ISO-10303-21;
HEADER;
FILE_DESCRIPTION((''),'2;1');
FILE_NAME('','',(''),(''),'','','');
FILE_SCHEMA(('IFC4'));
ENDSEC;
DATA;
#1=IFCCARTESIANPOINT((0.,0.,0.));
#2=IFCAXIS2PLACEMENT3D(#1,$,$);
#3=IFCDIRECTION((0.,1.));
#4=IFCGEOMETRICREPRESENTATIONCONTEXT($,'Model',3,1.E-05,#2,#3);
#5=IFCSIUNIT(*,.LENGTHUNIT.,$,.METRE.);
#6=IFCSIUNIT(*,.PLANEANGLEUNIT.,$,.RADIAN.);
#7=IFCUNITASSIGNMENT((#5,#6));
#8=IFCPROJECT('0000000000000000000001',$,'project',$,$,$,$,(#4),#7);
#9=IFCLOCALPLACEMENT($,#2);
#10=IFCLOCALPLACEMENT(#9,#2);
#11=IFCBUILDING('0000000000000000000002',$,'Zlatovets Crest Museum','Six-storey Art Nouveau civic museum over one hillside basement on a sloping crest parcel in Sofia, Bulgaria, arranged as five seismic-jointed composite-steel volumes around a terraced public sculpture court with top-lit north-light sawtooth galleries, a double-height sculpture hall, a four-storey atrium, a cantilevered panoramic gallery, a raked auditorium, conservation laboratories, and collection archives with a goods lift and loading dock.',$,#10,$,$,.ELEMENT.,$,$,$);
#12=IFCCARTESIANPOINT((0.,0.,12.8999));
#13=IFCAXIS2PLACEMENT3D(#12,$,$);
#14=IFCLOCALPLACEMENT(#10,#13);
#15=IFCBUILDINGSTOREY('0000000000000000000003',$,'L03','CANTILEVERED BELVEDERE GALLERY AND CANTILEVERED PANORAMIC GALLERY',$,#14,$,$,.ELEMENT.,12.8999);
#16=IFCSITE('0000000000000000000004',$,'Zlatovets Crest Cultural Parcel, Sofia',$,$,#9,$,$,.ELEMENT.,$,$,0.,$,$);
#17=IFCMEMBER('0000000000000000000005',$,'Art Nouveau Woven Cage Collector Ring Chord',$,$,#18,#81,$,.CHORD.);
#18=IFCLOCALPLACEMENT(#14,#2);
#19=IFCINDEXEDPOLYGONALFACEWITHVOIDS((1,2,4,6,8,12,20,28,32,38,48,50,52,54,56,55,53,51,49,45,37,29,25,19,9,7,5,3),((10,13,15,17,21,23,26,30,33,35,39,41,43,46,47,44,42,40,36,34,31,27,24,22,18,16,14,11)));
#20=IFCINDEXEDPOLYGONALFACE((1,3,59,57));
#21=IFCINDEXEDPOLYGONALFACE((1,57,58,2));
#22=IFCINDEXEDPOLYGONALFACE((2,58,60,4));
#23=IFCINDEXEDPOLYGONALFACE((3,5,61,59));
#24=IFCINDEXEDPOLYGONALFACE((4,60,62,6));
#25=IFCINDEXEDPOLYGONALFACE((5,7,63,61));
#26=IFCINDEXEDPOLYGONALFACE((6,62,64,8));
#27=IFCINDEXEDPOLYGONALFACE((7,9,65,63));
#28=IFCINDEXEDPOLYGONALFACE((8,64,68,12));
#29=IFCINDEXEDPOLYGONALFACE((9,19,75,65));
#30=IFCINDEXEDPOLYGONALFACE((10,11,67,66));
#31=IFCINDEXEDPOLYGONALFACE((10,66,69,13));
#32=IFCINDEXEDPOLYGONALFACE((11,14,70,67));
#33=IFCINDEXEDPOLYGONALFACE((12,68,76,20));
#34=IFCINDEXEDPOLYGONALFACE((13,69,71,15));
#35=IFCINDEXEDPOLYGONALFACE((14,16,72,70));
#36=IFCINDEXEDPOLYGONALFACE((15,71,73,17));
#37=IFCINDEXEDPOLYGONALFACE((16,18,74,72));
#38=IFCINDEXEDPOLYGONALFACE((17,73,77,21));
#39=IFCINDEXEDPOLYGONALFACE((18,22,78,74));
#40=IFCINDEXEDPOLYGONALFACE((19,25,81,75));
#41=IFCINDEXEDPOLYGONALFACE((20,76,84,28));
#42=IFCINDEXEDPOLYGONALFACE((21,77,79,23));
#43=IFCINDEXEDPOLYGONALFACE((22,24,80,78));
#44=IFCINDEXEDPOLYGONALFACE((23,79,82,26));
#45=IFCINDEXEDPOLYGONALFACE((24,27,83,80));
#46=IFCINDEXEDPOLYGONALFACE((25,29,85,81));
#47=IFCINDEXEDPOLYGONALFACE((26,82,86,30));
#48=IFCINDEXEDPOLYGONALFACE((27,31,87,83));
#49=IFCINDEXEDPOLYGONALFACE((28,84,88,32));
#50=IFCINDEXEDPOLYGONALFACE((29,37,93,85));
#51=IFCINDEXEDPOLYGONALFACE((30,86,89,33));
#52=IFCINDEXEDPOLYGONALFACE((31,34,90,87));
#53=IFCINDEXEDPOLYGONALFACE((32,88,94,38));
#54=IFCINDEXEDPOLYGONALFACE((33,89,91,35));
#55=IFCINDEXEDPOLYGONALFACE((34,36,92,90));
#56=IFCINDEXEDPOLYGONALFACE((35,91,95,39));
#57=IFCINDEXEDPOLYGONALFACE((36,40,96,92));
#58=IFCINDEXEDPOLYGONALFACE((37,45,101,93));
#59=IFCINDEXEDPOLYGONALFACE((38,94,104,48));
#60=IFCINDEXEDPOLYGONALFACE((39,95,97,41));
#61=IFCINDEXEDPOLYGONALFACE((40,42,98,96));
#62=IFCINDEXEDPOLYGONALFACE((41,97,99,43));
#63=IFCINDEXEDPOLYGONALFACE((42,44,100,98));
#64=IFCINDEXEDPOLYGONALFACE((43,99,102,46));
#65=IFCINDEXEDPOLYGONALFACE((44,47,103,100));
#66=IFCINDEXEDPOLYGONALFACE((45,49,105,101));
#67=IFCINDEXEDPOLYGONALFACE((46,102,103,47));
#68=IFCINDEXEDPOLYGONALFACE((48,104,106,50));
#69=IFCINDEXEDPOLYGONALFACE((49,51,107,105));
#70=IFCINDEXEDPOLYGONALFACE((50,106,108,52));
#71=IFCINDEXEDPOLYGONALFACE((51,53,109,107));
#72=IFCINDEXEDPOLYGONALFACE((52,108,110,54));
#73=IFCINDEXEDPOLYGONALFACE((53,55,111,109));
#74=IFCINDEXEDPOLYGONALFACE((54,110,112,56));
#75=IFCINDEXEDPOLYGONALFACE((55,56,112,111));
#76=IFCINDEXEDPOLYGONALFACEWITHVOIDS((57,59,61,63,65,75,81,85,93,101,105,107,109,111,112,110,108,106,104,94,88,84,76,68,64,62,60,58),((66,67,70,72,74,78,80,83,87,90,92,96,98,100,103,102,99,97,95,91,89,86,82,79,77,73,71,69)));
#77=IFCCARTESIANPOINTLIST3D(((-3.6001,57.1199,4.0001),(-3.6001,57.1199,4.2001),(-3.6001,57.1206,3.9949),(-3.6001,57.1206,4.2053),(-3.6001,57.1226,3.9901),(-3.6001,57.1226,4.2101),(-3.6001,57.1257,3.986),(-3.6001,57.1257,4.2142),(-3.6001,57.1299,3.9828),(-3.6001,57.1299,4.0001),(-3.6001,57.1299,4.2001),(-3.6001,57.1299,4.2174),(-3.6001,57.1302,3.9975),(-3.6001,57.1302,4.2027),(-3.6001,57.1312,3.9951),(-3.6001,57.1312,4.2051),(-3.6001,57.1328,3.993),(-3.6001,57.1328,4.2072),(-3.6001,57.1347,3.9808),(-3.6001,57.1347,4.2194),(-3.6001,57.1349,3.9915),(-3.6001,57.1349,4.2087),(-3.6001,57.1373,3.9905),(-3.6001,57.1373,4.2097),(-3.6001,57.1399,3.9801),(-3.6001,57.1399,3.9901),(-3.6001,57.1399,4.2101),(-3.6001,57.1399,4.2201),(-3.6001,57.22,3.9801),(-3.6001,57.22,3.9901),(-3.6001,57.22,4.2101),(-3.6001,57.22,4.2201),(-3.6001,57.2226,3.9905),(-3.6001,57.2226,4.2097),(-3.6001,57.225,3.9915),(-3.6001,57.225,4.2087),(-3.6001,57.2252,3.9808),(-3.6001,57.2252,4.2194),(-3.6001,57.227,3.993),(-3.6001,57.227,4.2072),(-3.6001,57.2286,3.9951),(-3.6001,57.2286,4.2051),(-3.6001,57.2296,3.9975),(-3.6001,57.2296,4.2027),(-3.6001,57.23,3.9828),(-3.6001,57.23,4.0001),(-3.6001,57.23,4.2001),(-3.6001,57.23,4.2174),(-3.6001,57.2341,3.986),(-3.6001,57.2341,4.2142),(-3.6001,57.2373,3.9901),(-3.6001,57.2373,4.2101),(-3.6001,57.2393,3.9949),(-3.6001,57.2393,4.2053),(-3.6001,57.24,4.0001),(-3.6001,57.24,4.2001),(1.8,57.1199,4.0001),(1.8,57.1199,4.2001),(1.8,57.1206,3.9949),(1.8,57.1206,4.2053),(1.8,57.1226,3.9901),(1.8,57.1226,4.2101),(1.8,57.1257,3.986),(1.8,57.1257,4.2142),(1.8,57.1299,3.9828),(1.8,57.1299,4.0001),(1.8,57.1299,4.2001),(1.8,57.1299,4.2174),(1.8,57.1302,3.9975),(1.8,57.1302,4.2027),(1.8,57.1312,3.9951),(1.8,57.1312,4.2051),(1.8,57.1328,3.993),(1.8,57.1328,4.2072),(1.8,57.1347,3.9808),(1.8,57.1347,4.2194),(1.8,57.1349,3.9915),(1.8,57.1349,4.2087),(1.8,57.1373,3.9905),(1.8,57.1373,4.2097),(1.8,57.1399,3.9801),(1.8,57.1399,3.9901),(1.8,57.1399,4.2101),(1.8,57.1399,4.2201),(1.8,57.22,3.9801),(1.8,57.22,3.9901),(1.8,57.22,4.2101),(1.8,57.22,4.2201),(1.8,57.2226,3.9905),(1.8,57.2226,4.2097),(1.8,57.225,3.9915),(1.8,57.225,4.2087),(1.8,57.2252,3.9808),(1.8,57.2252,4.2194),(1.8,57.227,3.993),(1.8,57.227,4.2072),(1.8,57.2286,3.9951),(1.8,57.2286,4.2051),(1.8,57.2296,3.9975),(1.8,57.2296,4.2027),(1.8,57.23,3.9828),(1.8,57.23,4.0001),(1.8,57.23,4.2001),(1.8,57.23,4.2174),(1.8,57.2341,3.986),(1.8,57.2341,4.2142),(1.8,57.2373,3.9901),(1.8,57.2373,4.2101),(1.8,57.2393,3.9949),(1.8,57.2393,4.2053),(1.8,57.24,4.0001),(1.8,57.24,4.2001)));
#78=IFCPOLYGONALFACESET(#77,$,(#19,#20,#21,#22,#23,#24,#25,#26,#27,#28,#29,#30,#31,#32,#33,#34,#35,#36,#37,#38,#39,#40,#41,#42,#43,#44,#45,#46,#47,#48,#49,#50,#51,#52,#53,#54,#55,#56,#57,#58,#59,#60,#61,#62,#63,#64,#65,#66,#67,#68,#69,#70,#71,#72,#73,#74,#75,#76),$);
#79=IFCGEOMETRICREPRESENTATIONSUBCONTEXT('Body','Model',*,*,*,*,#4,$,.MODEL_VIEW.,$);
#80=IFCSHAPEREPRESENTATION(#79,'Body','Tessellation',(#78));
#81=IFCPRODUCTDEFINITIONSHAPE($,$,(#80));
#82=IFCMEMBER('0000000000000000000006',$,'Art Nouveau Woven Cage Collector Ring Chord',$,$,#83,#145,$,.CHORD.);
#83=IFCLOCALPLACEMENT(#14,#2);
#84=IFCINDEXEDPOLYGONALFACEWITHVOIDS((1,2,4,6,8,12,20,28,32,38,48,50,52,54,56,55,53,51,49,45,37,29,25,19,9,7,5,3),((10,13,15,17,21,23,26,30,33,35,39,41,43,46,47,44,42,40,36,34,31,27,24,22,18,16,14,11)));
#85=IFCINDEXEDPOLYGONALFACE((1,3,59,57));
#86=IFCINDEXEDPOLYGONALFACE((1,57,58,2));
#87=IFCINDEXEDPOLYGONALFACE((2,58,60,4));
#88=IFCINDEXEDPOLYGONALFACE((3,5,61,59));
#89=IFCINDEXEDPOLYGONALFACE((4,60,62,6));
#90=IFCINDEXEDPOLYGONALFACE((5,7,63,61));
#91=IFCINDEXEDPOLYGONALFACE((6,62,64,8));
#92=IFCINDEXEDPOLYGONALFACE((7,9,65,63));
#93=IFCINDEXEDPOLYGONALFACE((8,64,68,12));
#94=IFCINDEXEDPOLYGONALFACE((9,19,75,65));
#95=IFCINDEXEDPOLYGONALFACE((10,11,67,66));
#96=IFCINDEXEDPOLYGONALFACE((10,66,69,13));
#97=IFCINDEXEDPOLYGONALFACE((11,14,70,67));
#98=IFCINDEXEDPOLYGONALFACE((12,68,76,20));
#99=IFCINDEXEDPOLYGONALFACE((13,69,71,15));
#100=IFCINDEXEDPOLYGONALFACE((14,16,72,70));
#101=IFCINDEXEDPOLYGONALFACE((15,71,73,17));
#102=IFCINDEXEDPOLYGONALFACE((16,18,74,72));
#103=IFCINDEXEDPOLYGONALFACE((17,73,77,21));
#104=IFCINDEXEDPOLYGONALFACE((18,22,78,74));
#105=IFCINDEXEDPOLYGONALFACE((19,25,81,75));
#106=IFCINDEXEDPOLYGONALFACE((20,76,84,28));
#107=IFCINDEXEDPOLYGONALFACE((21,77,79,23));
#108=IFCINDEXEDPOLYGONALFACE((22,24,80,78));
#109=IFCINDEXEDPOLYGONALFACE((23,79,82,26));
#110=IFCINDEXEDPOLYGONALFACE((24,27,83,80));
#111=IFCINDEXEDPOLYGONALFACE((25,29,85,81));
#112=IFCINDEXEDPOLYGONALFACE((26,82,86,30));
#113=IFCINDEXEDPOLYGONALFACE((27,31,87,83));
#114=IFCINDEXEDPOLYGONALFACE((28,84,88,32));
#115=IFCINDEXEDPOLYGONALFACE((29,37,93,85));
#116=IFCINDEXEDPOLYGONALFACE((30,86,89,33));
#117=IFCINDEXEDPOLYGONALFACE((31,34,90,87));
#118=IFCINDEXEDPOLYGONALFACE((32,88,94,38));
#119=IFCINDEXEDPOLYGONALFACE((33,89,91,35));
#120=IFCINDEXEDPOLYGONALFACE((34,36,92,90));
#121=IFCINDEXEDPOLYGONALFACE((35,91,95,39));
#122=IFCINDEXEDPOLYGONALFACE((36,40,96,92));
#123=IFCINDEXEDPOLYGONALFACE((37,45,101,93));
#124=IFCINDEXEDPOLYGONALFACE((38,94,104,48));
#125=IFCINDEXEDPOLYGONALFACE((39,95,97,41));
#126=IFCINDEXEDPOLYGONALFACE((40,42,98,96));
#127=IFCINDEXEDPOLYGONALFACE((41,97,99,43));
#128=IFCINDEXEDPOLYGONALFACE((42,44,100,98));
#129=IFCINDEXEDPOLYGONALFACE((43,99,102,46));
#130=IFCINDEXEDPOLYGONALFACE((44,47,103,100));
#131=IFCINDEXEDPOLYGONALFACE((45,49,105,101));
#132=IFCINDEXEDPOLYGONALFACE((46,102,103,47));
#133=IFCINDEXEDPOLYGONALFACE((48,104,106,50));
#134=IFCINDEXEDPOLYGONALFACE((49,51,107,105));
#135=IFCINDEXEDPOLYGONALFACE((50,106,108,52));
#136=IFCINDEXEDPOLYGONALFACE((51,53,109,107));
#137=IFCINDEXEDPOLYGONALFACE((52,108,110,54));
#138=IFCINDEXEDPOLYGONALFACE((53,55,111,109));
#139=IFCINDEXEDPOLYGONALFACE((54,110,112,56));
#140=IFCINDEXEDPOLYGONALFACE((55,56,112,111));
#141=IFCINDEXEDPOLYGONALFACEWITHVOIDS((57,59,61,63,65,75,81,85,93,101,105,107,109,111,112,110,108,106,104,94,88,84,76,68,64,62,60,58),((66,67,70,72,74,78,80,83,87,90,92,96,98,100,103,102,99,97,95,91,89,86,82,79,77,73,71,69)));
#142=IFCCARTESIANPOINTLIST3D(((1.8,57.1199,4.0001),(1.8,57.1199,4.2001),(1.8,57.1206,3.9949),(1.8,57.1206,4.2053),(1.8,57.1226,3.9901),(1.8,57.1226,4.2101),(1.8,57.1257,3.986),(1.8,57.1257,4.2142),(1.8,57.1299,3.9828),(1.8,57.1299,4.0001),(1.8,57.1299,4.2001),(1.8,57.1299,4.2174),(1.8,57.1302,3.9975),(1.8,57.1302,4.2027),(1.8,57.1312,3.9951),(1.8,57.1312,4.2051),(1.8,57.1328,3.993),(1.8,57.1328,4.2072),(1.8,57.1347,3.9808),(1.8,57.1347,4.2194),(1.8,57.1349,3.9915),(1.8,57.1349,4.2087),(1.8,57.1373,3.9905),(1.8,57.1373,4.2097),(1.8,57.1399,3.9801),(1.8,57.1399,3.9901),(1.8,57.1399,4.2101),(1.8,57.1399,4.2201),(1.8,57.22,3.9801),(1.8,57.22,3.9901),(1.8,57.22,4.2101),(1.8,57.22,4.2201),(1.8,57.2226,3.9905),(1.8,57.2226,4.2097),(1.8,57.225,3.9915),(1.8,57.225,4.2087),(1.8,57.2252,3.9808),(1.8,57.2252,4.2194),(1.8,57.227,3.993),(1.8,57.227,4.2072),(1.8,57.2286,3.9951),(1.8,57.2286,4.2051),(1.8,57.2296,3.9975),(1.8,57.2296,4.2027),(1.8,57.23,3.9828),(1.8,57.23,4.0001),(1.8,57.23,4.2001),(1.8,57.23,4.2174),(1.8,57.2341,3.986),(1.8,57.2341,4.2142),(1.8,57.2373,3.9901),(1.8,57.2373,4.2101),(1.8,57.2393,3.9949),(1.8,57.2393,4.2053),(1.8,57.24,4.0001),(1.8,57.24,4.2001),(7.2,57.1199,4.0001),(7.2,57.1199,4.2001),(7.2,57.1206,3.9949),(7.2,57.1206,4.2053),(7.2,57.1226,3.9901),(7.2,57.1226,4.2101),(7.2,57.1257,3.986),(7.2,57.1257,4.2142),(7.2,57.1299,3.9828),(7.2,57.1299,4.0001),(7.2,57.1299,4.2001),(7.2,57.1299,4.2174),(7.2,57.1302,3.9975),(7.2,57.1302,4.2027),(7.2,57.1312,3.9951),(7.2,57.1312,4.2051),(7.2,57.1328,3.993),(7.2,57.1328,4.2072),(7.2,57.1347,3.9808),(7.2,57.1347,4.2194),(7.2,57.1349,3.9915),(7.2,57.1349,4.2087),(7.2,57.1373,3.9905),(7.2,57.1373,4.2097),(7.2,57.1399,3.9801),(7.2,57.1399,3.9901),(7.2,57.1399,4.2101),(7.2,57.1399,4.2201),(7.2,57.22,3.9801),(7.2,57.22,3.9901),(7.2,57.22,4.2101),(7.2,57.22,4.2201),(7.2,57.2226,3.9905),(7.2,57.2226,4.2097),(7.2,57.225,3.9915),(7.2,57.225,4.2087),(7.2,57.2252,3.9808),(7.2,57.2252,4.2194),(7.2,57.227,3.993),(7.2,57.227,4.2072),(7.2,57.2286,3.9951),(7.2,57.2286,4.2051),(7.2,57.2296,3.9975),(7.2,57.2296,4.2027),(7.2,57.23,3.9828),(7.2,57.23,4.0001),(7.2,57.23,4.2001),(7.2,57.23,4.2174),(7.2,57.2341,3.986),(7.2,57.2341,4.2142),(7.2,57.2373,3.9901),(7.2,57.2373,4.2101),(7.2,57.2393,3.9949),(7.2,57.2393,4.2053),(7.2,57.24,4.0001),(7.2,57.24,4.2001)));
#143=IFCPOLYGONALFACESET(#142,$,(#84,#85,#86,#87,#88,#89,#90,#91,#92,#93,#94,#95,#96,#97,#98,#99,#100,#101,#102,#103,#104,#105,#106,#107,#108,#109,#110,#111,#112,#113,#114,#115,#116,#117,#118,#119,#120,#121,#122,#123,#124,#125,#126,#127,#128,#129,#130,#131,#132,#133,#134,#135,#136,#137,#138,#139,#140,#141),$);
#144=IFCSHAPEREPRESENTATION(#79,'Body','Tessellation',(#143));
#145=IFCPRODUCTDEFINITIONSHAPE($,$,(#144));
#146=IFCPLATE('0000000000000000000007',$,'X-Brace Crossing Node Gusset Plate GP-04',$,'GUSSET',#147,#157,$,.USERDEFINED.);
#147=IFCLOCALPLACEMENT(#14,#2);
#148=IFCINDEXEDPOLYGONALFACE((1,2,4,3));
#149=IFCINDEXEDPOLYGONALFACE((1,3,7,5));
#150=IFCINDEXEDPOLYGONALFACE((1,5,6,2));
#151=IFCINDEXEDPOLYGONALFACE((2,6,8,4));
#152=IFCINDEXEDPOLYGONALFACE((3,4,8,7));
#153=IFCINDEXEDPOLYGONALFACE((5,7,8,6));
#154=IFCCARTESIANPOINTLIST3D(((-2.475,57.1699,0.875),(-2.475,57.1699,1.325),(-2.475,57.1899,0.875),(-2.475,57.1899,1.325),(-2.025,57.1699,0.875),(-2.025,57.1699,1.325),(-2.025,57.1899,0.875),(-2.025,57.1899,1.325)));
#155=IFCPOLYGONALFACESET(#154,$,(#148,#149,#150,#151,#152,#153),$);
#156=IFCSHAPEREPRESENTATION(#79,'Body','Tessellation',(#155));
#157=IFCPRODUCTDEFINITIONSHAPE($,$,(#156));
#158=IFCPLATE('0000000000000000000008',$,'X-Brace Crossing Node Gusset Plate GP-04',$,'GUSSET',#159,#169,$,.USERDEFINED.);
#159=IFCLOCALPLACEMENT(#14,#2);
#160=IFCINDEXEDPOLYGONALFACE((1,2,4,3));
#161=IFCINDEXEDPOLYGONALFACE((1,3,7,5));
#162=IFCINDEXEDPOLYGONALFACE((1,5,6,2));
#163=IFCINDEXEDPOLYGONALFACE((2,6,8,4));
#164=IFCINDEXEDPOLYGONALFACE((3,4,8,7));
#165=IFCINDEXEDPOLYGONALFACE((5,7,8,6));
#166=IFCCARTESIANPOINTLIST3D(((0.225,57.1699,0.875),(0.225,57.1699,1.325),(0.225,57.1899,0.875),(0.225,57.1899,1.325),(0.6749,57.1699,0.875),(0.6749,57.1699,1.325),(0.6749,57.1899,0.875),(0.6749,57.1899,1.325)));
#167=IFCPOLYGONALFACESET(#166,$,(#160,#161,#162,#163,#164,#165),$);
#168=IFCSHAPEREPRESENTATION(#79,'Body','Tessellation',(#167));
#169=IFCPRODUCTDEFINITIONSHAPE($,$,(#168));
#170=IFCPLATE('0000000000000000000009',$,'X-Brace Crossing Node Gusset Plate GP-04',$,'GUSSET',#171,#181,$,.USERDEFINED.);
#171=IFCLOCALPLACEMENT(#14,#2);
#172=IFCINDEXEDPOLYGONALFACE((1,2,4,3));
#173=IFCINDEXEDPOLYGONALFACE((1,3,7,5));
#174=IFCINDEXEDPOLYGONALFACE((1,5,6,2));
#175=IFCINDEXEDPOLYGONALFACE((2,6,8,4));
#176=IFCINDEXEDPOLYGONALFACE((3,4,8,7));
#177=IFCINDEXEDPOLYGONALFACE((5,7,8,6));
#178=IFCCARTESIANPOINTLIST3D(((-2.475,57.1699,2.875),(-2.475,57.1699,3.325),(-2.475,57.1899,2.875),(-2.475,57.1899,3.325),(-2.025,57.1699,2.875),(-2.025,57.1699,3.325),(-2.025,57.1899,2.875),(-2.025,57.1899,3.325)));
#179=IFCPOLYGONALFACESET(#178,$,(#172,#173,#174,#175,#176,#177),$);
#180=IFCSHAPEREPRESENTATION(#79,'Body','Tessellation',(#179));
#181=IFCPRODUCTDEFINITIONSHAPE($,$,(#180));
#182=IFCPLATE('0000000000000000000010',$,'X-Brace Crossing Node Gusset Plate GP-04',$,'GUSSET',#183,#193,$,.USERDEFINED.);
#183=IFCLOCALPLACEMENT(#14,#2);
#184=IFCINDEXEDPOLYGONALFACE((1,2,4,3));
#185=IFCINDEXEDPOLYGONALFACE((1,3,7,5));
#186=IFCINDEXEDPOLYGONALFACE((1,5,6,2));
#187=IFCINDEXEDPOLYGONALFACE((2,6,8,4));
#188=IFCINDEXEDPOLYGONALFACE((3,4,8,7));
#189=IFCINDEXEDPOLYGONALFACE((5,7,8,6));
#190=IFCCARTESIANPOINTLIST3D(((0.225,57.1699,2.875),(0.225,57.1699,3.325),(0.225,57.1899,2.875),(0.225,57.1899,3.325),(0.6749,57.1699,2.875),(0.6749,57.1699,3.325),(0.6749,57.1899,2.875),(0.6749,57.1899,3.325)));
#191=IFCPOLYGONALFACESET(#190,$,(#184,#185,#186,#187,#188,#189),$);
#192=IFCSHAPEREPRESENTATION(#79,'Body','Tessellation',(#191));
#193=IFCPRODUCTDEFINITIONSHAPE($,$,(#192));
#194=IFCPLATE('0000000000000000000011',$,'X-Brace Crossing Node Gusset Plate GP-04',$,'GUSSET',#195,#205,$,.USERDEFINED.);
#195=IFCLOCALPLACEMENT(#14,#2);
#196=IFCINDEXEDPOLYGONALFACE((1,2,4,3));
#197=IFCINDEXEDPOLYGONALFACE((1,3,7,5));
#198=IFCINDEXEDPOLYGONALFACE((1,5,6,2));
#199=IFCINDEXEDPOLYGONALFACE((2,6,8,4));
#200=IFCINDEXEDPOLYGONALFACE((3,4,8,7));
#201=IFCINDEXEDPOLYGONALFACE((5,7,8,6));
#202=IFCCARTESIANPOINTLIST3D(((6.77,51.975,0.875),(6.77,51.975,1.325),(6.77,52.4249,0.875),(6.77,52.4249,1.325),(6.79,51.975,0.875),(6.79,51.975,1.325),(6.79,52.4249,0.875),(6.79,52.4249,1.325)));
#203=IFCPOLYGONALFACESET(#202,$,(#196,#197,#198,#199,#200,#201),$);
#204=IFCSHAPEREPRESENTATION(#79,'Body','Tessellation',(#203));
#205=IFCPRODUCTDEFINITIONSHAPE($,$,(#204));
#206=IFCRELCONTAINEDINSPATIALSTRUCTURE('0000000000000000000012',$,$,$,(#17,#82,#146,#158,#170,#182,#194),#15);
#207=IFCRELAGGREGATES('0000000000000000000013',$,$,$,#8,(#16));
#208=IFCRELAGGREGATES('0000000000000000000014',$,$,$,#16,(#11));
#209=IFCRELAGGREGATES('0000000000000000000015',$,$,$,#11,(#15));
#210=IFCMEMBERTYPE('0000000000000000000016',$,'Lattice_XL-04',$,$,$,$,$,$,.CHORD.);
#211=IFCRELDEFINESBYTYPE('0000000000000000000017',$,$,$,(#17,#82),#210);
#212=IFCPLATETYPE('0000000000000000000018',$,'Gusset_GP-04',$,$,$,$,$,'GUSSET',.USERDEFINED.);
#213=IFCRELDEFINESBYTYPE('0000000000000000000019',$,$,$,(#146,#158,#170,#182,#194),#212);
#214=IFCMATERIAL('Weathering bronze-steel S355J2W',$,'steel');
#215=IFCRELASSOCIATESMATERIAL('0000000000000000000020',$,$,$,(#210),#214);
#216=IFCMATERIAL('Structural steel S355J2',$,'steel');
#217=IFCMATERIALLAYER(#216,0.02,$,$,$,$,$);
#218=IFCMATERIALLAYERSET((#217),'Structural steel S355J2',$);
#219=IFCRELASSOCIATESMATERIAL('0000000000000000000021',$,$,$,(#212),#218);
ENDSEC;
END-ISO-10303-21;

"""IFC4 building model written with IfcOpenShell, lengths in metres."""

from ifc_helpers import new_model, si_unit, direction, frame, origin, origin_2d, place, context, subcontext, project, spatial, rectangle, hollow_rectangle, extrude, material, layer, layer_set, material_profile, profile_set, type_object, element, save


model = new_model("IFC4")

# Units and contexts
model_context = context("Model", 3, precision=1e-05, world=origin(), true_north=direction((0.0, 1.0)))
body_context = subcontext(model_context, "Body", "Model", "MODEL_VIEW")
ifc_project = project(units=[si_unit("LENGTHUNIT", "METRE"), si_unit("PLANEANGLEUNIT", "RADIAN")], contexts=[model_context])

# Site, building, storey
site_placement = place(None, origin())
site = spatial("IfcSite", under=ifc_project, at=site_placement, Name="Zlatovets Crest Cultural Parcel, Sofia", CompositionType="ELEMENT", RefElevation=0.0)
building_placement = place(site_placement, origin())
building = spatial("IfcBuilding", under=site, at=building_placement, Name="Zlatovets Crest Museum", Description="Six-storey Art Nouveau civic museum over one hillside basement on a sloping crest parcel in Sofia, Bulgaria, arranged as five seismic-jointed composite-steel volumes around a terraced public sculpture court with top-lit north-light sawtooth galleries, a double-height sculpture hall, a four-storey atrium, a cantilevered panoramic gallery, a raked auditorium, conservation laboratories, and collection archives with a goods lift and loading dock.", CompositionType="ELEMENT")
storey_placement = place(building_placement, frame((0.0, 0.0, 12.8999)))
storey = spatial("IfcBuildingStorey", under=building, at=storey_placement, Name="L03", Description="CANTILEVERED BELVEDERE GALLERY AND CANTILEVERED PANORAMIC GALLERY", CompositionType="ELEMENT", Elevation=12.8999)

# Members
ifc_material_1 = material(Name="Weathering bronze-steel S355J2W", Category="steel")
ifc_material_profile_1 = material_profile(ifc_material_1, hollow_rectangle(XDim=0.1201, YDim=0.24, WallThickness=0.01, InnerFilletRadius=0.01, OuterFilletRadius=0.02, at=origin_2d()), Name="RHS 120x240x10.0")
ifc_profile_set_1 = profile_set([ifc_material_profile_1], Name="Weathering bronze-steel S355J2W")
member_type_1 = type_object("IfcMemberType", Name="Lattice_XL-04", PredefinedType="CHORD", material=ifc_profile_set_1)
member_1_placement = place(storey_placement, frame((-3.6001, 57.1799, 4.1001), z_axis=(1.0, 0.0, 0.0), x_axis=(0.0, 1.0, 0.0)))
element("IfcMember", 1, at=member_1_placement, inside=storey, type_object=member_type_1, Name="Art Nouveau Woven Cage Collector Ring Chord", PredefinedType="CHORD", context=body_context, shape_type="SweptSolid", body=[
    extrude(hollow_rectangle(XDim=0.1201, YDim=0.24, WallThickness=0.01, InnerFilletRadius=0.01, OuterFilletRadius=0.02, at=origin_2d()), origin(), (0.0, 0.0, 1.0), 5.4001),
])
member_2_placement = place(storey_placement, frame((1.8, 57.1799, 4.1001), z_axis=(1.0, 0.0, 0.0), x_axis=(0.0, 1.0, 0.0)))
element("IfcMember", 2, at=member_2_placement, inside=storey, type_object=member_type_1, Name="Art Nouveau Woven Cage Collector Ring Chord", PredefinedType="CHORD", context=body_context, shape_type="SweptSolid", body=[
    extrude(hollow_rectangle(XDim=0.1201, YDim=0.24, WallThickness=0.01, InnerFilletRadius=0.01, OuterFilletRadius=0.02, at=origin_2d()), origin(), (0.0, 0.0, 1.0), 5.3999),
])

# Plates
ifc_material_2 = material(Name="Structural steel S355J2", Category="steel")
ifc_layer = layer(ifc_material_2, 0.02)
ifc_layer_set = layer_set([ifc_layer], Name="Structural steel S355J2")
plate_type = type_object("IfcPlateType", Name="Gusset_GP-04", ElementType="GUSSET", PredefinedType="USERDEFINED", material=ifc_layer_set)
for number, where, z_axis, x_axis, name in (
    (3, (-2.25, 57.1799, 0.875), (0.0, 0.0, 1.0), (1.0, 0.0, 0.0), "X-Brace Crossing Node Gusset Plate GP-04"),
    (4, (0.45, 57.1799, 0.875), (0.0, 0.0, 1.0), (1.0, 0.0, 0.0), "X-Brace Crossing Node Gusset Plate GP-04"),
    (5, (-2.25, 57.1799, 2.875), (0.0, 0.0, 1.0), (1.0, 0.0, 0.0), "X-Brace Crossing Node Gusset Plate GP-04"),
    (6, (0.45, 57.1799, 2.875), (0.0, 0.0, 1.0), (1.0, 0.0, 0.0), "X-Brace Crossing Node Gusset Plate GP-04"),
):
    element("IfcPlate", number, at=place(storey_placement, frame(where, z_axis=z_axis, x_axis=x_axis)), inside=storey, type_object=plate_type, Name=name, ObjectType="GUSSET", PredefinedType="USERDEFINED", context=body_context, shape_type="SweptSolid", body=[
        extrude(rectangle(XDim=0.45, YDim=0.02, at=origin_2d()), origin(), (0.0, 0.0, 1.0), 0.45),
    ])
plate_placement = place(storey_placement, frame((6.78, 52.2, 0.875), z_axis=(0.0, 0.0, 1.0), x_axis=(1.0, 0.0, 0.0)))
element("IfcPlate", 7, at=plate_placement, inside=storey, type_object=plate_type, Name="X-Brace Crossing Node Gusset Plate GP-04", ObjectType="GUSSET", PredefinedType="USERDEFINED", context=body_context, shape_type="SweptSolid", body=[
    extrude(rectangle(XDim=0.02, YDim=0.45, at=origin_2d()), origin(), (0.0, 0.0, 1.0), 0.45),
])

save(model, "model.ifc")
